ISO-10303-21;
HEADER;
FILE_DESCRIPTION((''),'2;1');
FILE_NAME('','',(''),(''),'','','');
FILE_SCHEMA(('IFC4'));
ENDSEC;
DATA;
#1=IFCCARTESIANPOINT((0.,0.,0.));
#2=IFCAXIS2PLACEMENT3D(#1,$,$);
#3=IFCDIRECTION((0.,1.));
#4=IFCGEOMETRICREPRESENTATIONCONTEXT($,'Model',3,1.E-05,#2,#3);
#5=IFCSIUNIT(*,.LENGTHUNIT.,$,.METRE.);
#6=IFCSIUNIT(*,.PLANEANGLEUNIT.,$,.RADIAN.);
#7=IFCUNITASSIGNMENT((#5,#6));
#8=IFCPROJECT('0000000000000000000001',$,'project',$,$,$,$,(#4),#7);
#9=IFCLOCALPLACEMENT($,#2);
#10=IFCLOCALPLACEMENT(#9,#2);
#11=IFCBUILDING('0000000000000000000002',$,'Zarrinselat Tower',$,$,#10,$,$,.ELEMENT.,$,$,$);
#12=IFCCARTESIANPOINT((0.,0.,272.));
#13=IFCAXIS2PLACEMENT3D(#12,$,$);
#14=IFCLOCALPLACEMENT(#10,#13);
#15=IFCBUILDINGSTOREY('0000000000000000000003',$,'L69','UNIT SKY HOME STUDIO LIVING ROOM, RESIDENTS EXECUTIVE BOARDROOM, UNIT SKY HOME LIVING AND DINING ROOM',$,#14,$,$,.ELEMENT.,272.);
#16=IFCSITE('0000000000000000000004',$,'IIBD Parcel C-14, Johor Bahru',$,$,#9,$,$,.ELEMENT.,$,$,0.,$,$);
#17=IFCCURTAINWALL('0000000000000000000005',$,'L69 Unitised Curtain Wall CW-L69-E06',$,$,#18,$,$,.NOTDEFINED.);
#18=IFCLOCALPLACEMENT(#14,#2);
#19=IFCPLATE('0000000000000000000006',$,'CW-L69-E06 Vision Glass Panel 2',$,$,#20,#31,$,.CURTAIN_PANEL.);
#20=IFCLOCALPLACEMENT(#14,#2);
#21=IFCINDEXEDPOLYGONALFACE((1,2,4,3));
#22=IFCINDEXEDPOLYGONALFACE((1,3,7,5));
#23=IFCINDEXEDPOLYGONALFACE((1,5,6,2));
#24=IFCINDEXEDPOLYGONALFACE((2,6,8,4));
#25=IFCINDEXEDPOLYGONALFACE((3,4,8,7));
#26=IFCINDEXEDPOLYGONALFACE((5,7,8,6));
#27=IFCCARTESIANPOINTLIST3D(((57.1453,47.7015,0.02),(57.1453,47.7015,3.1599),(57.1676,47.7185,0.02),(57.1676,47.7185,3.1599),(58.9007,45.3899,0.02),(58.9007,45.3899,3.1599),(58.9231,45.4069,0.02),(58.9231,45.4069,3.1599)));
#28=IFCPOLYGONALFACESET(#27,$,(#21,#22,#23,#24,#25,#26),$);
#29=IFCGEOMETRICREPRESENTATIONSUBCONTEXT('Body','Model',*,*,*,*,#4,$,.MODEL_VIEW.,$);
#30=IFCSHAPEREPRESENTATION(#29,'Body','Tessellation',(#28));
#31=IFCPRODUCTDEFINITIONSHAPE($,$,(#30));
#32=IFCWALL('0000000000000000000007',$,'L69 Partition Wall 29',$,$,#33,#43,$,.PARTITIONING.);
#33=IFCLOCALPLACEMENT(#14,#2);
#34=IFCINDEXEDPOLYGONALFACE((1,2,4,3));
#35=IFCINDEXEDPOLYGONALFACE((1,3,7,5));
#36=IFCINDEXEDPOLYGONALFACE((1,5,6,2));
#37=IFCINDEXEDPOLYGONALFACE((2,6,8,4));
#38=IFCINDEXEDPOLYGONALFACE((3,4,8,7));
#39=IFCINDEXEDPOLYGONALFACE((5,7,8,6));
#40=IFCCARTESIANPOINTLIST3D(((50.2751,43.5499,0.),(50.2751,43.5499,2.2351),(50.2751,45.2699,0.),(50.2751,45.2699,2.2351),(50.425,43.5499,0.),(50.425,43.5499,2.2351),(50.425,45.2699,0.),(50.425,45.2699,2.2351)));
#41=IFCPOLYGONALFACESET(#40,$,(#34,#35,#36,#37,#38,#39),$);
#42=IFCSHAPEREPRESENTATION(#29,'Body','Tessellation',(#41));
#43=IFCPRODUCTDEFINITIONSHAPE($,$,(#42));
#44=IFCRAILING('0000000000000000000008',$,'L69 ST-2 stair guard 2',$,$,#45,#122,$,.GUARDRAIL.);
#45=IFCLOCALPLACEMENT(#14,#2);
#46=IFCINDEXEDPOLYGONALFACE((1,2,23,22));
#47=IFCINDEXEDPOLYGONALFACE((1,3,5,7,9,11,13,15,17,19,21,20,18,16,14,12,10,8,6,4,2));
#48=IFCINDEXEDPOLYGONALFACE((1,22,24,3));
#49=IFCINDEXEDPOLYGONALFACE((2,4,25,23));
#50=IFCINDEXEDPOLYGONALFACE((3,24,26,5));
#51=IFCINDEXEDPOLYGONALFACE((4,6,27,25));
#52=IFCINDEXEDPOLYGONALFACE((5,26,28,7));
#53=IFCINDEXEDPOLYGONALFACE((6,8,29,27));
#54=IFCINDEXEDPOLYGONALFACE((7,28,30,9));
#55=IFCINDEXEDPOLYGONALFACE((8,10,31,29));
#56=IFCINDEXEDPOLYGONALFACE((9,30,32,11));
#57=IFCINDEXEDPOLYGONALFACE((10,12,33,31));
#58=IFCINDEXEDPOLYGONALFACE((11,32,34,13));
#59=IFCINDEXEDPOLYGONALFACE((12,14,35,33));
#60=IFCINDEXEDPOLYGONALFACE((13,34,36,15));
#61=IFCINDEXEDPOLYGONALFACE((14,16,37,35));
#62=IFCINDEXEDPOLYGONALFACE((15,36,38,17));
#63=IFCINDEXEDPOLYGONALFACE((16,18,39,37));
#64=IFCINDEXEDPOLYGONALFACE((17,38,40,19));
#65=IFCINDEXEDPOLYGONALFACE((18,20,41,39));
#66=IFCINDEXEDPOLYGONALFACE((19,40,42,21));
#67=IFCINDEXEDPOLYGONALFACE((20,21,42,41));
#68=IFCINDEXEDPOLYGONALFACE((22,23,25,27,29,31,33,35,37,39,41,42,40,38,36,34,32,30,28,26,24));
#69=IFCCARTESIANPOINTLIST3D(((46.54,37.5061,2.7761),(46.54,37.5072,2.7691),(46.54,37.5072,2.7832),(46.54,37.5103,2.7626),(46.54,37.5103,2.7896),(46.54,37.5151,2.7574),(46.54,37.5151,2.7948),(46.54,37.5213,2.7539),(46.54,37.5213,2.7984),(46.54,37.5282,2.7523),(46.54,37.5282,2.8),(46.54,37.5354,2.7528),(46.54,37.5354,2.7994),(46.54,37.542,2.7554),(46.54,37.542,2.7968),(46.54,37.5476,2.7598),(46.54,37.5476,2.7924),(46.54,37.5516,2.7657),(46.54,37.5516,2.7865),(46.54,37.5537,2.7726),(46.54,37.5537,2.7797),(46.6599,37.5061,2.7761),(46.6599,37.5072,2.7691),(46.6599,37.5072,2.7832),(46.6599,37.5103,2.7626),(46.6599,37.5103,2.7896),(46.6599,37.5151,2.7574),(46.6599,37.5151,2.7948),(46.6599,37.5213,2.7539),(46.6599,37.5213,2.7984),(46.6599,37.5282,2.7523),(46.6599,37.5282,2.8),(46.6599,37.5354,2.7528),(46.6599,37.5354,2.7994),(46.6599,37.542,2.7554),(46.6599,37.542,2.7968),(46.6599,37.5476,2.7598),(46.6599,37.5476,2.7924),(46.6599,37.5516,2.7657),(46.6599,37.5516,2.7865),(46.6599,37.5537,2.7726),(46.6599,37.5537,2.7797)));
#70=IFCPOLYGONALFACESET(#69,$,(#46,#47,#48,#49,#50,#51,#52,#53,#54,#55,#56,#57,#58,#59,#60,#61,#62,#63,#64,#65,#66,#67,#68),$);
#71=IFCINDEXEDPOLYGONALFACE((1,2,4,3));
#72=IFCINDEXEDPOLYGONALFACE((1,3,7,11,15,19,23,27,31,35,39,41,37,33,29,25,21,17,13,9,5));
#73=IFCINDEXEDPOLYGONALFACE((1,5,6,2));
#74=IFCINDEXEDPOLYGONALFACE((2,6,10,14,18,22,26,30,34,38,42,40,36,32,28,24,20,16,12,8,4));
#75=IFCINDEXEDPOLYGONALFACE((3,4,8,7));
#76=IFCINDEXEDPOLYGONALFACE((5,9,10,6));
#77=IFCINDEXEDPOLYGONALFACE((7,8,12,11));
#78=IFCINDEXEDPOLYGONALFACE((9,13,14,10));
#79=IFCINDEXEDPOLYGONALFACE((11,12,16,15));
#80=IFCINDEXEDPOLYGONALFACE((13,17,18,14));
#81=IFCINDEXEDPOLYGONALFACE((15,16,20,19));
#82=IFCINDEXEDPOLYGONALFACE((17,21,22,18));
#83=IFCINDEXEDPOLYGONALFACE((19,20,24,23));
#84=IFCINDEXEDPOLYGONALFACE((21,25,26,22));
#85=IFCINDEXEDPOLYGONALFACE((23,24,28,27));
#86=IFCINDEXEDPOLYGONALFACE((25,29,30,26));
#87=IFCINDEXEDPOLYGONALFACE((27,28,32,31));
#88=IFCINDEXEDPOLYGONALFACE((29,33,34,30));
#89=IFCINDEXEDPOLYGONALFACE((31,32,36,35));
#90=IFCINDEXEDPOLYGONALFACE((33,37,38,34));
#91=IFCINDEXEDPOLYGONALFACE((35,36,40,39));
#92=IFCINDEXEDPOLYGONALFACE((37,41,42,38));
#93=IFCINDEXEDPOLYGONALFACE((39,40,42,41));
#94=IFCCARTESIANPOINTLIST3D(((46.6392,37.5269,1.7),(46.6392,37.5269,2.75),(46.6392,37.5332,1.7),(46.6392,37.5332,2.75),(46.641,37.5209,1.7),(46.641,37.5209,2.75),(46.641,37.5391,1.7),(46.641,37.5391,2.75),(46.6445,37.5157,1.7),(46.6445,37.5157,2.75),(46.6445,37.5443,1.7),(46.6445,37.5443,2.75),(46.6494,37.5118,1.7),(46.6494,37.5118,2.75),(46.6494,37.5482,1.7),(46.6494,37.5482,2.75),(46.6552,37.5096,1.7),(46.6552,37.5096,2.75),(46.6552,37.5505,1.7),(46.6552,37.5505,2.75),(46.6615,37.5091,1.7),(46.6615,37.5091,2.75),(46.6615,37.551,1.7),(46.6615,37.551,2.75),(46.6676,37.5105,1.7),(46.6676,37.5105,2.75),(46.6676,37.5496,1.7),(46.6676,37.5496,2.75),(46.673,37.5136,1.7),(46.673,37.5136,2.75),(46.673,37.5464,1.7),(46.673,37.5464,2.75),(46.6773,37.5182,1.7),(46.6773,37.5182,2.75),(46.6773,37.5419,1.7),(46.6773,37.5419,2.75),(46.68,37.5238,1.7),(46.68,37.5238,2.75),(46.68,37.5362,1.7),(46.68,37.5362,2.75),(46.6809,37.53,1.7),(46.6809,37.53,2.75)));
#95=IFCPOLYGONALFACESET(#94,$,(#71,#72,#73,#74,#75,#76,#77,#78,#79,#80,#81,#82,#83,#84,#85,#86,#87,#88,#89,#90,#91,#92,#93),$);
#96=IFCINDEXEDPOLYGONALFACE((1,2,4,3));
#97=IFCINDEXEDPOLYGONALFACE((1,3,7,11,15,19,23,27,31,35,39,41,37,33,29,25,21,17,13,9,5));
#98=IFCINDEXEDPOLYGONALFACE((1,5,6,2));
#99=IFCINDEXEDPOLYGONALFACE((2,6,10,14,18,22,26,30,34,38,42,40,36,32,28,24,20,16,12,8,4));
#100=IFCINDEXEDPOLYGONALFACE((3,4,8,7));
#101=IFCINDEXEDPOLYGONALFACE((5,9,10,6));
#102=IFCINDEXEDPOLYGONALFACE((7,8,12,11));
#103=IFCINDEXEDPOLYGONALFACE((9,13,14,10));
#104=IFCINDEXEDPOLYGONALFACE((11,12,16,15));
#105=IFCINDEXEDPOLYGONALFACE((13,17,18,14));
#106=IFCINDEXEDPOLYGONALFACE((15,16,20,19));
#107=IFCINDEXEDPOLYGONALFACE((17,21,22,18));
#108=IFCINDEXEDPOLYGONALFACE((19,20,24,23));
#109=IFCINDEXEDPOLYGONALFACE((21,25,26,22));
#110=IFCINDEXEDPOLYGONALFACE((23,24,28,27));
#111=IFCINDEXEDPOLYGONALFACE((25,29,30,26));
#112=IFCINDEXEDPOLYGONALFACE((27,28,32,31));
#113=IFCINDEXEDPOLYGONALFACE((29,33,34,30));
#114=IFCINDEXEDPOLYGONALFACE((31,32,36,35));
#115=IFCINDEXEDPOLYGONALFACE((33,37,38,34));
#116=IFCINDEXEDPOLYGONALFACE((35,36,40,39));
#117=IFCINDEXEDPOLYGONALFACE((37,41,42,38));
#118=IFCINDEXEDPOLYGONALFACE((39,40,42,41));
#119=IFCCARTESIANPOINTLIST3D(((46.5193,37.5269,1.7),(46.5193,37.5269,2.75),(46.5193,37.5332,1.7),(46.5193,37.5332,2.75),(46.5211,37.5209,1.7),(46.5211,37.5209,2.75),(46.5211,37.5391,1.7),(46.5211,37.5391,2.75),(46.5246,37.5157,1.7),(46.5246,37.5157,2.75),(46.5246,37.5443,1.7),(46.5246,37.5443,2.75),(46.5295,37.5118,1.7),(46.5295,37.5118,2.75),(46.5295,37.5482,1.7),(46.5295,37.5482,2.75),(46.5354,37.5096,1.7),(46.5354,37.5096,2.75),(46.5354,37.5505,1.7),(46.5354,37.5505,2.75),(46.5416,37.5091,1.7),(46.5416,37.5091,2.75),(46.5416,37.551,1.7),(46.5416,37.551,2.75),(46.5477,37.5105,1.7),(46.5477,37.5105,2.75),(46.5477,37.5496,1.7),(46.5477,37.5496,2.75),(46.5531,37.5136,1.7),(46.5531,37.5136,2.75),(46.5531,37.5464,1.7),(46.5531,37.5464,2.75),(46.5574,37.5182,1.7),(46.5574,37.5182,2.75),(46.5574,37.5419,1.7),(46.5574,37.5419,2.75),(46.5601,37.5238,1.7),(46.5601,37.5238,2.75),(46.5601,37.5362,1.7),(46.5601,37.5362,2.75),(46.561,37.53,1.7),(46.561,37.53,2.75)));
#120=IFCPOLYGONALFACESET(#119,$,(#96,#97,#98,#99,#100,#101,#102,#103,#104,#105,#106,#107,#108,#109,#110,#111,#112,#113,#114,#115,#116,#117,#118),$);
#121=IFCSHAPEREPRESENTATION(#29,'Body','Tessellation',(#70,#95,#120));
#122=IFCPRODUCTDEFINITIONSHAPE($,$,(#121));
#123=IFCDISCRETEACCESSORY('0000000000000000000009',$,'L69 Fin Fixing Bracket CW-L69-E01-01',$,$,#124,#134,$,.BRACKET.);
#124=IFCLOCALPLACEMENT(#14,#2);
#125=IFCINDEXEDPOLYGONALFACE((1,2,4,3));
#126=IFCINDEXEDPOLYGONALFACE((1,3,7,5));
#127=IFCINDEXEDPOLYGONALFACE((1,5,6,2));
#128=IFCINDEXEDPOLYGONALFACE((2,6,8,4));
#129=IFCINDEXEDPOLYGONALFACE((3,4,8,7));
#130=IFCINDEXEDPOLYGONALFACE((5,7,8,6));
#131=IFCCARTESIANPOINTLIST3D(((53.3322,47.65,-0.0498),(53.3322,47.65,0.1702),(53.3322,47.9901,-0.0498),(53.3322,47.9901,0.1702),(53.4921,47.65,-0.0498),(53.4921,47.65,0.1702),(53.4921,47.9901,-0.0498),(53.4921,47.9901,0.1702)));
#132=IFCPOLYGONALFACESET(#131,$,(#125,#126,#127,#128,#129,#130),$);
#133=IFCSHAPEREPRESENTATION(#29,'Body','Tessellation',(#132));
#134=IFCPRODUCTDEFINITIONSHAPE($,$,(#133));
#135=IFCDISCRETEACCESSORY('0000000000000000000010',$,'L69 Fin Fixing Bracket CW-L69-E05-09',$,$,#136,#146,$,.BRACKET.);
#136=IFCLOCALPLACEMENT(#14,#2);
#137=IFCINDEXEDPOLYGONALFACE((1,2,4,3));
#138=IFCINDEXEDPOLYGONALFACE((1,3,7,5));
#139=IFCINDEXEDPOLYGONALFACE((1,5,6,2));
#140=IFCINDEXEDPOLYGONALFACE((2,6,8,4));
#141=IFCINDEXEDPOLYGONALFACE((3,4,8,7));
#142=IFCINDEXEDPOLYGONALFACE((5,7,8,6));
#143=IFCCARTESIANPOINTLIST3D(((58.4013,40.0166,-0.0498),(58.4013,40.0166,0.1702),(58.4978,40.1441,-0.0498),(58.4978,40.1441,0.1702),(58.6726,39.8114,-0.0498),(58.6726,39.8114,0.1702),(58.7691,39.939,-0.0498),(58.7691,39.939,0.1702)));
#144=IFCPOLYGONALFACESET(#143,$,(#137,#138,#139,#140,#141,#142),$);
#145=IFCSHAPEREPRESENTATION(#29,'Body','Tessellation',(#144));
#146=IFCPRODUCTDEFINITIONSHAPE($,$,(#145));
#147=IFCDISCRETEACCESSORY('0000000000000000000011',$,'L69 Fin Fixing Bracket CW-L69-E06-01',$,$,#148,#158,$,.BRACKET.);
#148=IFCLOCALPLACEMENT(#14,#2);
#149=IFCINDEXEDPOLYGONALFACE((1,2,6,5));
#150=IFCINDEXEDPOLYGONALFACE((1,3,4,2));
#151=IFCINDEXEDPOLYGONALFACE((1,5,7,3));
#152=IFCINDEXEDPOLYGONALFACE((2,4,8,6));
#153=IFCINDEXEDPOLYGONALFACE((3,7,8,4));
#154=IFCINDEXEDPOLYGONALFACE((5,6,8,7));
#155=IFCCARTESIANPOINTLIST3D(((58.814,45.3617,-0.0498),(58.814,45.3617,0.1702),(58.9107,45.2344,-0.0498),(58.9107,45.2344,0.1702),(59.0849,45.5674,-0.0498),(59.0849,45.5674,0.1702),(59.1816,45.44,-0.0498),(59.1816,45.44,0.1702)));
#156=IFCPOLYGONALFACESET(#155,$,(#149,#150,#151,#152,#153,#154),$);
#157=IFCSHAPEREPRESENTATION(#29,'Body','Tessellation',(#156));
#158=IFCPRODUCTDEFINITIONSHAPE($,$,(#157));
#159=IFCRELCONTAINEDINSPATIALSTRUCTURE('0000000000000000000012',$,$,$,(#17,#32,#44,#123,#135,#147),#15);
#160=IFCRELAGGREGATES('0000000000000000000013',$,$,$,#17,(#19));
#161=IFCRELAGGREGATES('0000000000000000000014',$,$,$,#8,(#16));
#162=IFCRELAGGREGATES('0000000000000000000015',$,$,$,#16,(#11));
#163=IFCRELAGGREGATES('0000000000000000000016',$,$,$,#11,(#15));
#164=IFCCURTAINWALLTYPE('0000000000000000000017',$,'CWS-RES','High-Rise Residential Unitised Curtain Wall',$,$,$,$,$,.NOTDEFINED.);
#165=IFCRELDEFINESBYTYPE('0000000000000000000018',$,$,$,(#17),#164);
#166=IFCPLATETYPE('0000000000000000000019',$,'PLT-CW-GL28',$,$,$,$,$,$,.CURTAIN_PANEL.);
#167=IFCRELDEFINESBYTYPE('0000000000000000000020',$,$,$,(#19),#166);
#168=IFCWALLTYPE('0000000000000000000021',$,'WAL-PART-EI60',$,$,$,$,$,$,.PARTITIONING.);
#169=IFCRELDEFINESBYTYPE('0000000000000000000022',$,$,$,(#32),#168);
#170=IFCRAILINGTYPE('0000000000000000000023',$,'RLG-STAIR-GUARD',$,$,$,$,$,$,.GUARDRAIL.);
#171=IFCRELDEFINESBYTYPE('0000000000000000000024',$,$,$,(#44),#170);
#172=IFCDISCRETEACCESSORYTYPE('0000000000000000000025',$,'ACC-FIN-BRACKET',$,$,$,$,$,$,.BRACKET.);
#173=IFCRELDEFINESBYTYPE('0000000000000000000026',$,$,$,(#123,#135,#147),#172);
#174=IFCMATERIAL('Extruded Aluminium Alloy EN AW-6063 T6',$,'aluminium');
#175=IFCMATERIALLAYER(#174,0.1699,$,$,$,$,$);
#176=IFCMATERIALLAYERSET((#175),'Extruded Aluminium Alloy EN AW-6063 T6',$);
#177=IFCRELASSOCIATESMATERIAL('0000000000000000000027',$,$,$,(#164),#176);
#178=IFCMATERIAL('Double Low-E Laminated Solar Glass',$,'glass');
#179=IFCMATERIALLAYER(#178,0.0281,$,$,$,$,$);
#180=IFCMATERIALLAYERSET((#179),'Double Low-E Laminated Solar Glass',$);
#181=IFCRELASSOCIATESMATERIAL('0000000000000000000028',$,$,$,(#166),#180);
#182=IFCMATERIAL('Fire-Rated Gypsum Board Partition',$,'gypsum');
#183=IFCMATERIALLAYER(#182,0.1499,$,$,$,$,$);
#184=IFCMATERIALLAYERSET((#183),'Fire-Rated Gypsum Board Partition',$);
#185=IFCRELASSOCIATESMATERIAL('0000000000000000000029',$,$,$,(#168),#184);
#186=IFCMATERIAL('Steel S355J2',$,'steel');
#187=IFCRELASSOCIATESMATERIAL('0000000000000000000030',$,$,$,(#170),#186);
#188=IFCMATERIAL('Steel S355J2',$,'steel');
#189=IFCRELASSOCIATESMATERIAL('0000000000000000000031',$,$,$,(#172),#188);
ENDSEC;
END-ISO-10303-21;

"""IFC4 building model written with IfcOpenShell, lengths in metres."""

from ifc_helpers import new_model, si_unit, direction, frame, frame_2d, origin, origin_2d, place, context, subcontext, project, spatial, rectangle, circle, extrude, material, layer, layer_set, type_object, element, aggregate, save


model = new_model("IFC4")

# Units and contexts
model_context = context("Model", 3, precision=1e-05, world=origin(), true_north=direction((0.0, 1.0)))
body_context = subcontext(model_context, "Body", "Model", "MODEL_VIEW")
ifc_project = project(units=[si_unit("LENGTHUNIT", "METRE"), si_unit("PLANEANGLEUNIT", "RADIAN")], contexts=[model_context])

# Site, building, storey
site_placement = place(None, origin())
site = spatial("IfcSite", under=ifc_project, at=site_placement, Name="IIBD Parcel C-14, Johor Bahru", CompositionType="ELEMENT", RefElevation=0.0)
building_placement = place(site_placement, origin())
building = spatial("IfcBuilding", under=site, at=building_placement, Name="Zarrinselat Tower", CompositionType="ELEMENT")
storey_placement = place(building_placement, frame((0.0, 0.0, 272.0)))
storey = spatial("IfcBuildingStorey", under=building, at=storey_placement, Name="L69", Description="UNIT SKY HOME STUDIO LIVING ROOM, RESIDENTS EXECUTIVE BOARDROOM, UNIT SKY HOME LIVING AND DINING ROOM", CompositionType="ELEMENT", Elevation=272.0)

# Shared definitions
ifc_material_1 = material(Name="Extruded Aluminium Alloy EN AW-6063 T6", Category="aluminium")
ifc_layer_1 = layer(ifc_material_1, 0.1699)
ifc_layer_set_1 = layer_set([ifc_layer_1], Name="Extruded Aluminium Alloy EN AW-6063 T6")
curtain_wall_type_1 = type_object("IfcCurtainWallType", Name="CWS-RES", Description="High-Rise Residential Unitised Curtain Wall", PredefinedType="NOTDEFINED", material=ifc_layer_set_1)

# Curtain wall
curtain_wall_1_placement = place(storey_placement, origin())
curtain_wall_1 = element("IfcCurtainWall", 1, at=curtain_wall_1_placement, inside=storey, type_object=curtain_wall_type_1, Name="L69 Unitised Curtain Wall CW-L69-E06", PredefinedType="NOTDEFINED")

# Plate
ifc_material_2 = material(Name="Double Low-E Laminated Solar Glass", Category="glass")
ifc_layer_2 = layer(ifc_material_2, 0.0281)
ifc_layer_set_2 = layer_set([ifc_layer_2], Name="Double Low-E Laminated Solar Glass")
plate_type = type_object("IfcPlateType", Name="PLT-CW-GL28", PredefinedType="CURTAIN_PANEL", material=ifc_layer_set_2)
plate_1_placement = place(storey_placement, frame((58.0342, 46.5542, 0.02), z_axis=(0.0, 0.0, 1.0), x_axis=(-0.604782, 0.796391, 0.0)))
plate_1 = element("IfcPlate", 2, at=plate_1_placement, type_object=plate_type, Name="CW-L69-E06 Vision Glass Panel 2", PredefinedType="CURTAIN_PANEL", context=body_context, shape_type="SweptSolid", body=[
    extrude(rectangle(XDim=2.9026, YDim=0.0281, at=origin_2d()), origin(), (0.0, 0.0, 1.0), 3.1399),
])
aggregate(curtain_wall_1, [plate_1])

# Wall
ifc_material_3 = material(Name="Fire-Rated Gypsum Board Partition", Category="gypsum")
ifc_layer_3 = layer(ifc_material_3, 0.1499)
ifc_layer_set_3 = layer_set([ifc_layer_3], Name="Fire-Rated Gypsum Board Partition")
wall_type = type_object("IfcWallType", Name="WAL-PART-EI60", PredefinedType="PARTITIONING", material=ifc_layer_set_3)
wall_placement = place(storey_placement, frame((50.3501, 43.55, 0.0), z_axis=(0.0, 0.0, 1.0), x_axis=(0.0, 1.0, 0.0)))
element("IfcWall", 3, at=wall_placement, inside=storey, type_object=wall_type, Name="L69 Partition Wall 29", PredefinedType="PARTITIONING", context=body_context, shape_type="SweptSolid", body=[
    extrude(rectangle(XDim=1.72, YDim=0.1499, at=frame_2d((0.8599, 0.0))), origin(), (0.0, 0.0, 1.0), 2.2351),
])

# Railing
ifc_material_4 = material(Name="Steel S355J2", Category="steel")
railing_type = type_object("IfcRailingType", Name="RLG-STAIR-GUARD", PredefinedType="GUARDRAIL", material=ifc_material_4)
railing_placement = place(storey_placement, frame((46.6599, 37.53, 1.7)))
element("IfcRailing", 4, at=railing_placement, inside=storey, type_object=railing_type, Name="L69 ST-2 stair guard 2", PredefinedType="GUARDRAIL", context=body_context, shape_type="SweptSolid", body=[
    extrude(circle(Radius=0.0239, at=origin_2d()), frame((0.0, 0.0, 1.0762), z_axis=(-1.0, 0.0, 0.0), x_axis=(0.0, -1.0, 0.0)), (0.0, 0.0, 1.0), 0.1199),
    extrude(circle(Radius=0.021, at=origin_2d()), origin(), (0.0, 0.0, 1.0), 1.05),
    extrude(circle(Radius=0.021, at=origin_2d()), frame((-0.1199, 0.0, 0.0)), (0.0, 0.0, 1.0), 1.05),
])

# Discrete accessories
ifc_material_5 = material(Name="Steel S355J2", Category="steel")
discrete_accessory_type = type_object("IfcDiscreteAccessoryType", Name="ACC-FIN-BRACKET", PredefinedType="BRACKET", material=ifc_material_5)
for number, where, z_axis, x_axis, name in (
    (5, (53.4121, 47.8201, -0.0498), (0.0, 0.0, 1.0), (0.0, 1.0, 0.0), "L69 Fin Fixing Bracket CW-L69-E01-01"),
    (6, (58.5852, 39.9778, -0.0498), (0.0, 0.0, 1.0), (0.797613, -0.60317, 0.0), "L69 Fin Fixing Bracket CW-L69-E05-09"),
    (7, (58.9978, 45.4009, -0.0498), (0.0, 0.0, 1.0), (0.796391, 0.604782, 0.0), "L69 Fin Fixing Bracket CW-L69-E06-01"),
):
    element("IfcDiscreteAccessory", number, at=place(storey_placement, frame(where, z_axis=z_axis, x_axis=x_axis)), inside=storey, type_object=discrete_accessory_type, Name=name, PredefinedType="BRACKET", context=body_context, shape_type="SweptSolid", body=[
        extrude(rectangle(XDim=0.3401, YDim=0.1599, at=origin_2d()), origin(), (0.0, 0.0, 1.0), 0.22),
    ])

save(model, "model.ifc")
